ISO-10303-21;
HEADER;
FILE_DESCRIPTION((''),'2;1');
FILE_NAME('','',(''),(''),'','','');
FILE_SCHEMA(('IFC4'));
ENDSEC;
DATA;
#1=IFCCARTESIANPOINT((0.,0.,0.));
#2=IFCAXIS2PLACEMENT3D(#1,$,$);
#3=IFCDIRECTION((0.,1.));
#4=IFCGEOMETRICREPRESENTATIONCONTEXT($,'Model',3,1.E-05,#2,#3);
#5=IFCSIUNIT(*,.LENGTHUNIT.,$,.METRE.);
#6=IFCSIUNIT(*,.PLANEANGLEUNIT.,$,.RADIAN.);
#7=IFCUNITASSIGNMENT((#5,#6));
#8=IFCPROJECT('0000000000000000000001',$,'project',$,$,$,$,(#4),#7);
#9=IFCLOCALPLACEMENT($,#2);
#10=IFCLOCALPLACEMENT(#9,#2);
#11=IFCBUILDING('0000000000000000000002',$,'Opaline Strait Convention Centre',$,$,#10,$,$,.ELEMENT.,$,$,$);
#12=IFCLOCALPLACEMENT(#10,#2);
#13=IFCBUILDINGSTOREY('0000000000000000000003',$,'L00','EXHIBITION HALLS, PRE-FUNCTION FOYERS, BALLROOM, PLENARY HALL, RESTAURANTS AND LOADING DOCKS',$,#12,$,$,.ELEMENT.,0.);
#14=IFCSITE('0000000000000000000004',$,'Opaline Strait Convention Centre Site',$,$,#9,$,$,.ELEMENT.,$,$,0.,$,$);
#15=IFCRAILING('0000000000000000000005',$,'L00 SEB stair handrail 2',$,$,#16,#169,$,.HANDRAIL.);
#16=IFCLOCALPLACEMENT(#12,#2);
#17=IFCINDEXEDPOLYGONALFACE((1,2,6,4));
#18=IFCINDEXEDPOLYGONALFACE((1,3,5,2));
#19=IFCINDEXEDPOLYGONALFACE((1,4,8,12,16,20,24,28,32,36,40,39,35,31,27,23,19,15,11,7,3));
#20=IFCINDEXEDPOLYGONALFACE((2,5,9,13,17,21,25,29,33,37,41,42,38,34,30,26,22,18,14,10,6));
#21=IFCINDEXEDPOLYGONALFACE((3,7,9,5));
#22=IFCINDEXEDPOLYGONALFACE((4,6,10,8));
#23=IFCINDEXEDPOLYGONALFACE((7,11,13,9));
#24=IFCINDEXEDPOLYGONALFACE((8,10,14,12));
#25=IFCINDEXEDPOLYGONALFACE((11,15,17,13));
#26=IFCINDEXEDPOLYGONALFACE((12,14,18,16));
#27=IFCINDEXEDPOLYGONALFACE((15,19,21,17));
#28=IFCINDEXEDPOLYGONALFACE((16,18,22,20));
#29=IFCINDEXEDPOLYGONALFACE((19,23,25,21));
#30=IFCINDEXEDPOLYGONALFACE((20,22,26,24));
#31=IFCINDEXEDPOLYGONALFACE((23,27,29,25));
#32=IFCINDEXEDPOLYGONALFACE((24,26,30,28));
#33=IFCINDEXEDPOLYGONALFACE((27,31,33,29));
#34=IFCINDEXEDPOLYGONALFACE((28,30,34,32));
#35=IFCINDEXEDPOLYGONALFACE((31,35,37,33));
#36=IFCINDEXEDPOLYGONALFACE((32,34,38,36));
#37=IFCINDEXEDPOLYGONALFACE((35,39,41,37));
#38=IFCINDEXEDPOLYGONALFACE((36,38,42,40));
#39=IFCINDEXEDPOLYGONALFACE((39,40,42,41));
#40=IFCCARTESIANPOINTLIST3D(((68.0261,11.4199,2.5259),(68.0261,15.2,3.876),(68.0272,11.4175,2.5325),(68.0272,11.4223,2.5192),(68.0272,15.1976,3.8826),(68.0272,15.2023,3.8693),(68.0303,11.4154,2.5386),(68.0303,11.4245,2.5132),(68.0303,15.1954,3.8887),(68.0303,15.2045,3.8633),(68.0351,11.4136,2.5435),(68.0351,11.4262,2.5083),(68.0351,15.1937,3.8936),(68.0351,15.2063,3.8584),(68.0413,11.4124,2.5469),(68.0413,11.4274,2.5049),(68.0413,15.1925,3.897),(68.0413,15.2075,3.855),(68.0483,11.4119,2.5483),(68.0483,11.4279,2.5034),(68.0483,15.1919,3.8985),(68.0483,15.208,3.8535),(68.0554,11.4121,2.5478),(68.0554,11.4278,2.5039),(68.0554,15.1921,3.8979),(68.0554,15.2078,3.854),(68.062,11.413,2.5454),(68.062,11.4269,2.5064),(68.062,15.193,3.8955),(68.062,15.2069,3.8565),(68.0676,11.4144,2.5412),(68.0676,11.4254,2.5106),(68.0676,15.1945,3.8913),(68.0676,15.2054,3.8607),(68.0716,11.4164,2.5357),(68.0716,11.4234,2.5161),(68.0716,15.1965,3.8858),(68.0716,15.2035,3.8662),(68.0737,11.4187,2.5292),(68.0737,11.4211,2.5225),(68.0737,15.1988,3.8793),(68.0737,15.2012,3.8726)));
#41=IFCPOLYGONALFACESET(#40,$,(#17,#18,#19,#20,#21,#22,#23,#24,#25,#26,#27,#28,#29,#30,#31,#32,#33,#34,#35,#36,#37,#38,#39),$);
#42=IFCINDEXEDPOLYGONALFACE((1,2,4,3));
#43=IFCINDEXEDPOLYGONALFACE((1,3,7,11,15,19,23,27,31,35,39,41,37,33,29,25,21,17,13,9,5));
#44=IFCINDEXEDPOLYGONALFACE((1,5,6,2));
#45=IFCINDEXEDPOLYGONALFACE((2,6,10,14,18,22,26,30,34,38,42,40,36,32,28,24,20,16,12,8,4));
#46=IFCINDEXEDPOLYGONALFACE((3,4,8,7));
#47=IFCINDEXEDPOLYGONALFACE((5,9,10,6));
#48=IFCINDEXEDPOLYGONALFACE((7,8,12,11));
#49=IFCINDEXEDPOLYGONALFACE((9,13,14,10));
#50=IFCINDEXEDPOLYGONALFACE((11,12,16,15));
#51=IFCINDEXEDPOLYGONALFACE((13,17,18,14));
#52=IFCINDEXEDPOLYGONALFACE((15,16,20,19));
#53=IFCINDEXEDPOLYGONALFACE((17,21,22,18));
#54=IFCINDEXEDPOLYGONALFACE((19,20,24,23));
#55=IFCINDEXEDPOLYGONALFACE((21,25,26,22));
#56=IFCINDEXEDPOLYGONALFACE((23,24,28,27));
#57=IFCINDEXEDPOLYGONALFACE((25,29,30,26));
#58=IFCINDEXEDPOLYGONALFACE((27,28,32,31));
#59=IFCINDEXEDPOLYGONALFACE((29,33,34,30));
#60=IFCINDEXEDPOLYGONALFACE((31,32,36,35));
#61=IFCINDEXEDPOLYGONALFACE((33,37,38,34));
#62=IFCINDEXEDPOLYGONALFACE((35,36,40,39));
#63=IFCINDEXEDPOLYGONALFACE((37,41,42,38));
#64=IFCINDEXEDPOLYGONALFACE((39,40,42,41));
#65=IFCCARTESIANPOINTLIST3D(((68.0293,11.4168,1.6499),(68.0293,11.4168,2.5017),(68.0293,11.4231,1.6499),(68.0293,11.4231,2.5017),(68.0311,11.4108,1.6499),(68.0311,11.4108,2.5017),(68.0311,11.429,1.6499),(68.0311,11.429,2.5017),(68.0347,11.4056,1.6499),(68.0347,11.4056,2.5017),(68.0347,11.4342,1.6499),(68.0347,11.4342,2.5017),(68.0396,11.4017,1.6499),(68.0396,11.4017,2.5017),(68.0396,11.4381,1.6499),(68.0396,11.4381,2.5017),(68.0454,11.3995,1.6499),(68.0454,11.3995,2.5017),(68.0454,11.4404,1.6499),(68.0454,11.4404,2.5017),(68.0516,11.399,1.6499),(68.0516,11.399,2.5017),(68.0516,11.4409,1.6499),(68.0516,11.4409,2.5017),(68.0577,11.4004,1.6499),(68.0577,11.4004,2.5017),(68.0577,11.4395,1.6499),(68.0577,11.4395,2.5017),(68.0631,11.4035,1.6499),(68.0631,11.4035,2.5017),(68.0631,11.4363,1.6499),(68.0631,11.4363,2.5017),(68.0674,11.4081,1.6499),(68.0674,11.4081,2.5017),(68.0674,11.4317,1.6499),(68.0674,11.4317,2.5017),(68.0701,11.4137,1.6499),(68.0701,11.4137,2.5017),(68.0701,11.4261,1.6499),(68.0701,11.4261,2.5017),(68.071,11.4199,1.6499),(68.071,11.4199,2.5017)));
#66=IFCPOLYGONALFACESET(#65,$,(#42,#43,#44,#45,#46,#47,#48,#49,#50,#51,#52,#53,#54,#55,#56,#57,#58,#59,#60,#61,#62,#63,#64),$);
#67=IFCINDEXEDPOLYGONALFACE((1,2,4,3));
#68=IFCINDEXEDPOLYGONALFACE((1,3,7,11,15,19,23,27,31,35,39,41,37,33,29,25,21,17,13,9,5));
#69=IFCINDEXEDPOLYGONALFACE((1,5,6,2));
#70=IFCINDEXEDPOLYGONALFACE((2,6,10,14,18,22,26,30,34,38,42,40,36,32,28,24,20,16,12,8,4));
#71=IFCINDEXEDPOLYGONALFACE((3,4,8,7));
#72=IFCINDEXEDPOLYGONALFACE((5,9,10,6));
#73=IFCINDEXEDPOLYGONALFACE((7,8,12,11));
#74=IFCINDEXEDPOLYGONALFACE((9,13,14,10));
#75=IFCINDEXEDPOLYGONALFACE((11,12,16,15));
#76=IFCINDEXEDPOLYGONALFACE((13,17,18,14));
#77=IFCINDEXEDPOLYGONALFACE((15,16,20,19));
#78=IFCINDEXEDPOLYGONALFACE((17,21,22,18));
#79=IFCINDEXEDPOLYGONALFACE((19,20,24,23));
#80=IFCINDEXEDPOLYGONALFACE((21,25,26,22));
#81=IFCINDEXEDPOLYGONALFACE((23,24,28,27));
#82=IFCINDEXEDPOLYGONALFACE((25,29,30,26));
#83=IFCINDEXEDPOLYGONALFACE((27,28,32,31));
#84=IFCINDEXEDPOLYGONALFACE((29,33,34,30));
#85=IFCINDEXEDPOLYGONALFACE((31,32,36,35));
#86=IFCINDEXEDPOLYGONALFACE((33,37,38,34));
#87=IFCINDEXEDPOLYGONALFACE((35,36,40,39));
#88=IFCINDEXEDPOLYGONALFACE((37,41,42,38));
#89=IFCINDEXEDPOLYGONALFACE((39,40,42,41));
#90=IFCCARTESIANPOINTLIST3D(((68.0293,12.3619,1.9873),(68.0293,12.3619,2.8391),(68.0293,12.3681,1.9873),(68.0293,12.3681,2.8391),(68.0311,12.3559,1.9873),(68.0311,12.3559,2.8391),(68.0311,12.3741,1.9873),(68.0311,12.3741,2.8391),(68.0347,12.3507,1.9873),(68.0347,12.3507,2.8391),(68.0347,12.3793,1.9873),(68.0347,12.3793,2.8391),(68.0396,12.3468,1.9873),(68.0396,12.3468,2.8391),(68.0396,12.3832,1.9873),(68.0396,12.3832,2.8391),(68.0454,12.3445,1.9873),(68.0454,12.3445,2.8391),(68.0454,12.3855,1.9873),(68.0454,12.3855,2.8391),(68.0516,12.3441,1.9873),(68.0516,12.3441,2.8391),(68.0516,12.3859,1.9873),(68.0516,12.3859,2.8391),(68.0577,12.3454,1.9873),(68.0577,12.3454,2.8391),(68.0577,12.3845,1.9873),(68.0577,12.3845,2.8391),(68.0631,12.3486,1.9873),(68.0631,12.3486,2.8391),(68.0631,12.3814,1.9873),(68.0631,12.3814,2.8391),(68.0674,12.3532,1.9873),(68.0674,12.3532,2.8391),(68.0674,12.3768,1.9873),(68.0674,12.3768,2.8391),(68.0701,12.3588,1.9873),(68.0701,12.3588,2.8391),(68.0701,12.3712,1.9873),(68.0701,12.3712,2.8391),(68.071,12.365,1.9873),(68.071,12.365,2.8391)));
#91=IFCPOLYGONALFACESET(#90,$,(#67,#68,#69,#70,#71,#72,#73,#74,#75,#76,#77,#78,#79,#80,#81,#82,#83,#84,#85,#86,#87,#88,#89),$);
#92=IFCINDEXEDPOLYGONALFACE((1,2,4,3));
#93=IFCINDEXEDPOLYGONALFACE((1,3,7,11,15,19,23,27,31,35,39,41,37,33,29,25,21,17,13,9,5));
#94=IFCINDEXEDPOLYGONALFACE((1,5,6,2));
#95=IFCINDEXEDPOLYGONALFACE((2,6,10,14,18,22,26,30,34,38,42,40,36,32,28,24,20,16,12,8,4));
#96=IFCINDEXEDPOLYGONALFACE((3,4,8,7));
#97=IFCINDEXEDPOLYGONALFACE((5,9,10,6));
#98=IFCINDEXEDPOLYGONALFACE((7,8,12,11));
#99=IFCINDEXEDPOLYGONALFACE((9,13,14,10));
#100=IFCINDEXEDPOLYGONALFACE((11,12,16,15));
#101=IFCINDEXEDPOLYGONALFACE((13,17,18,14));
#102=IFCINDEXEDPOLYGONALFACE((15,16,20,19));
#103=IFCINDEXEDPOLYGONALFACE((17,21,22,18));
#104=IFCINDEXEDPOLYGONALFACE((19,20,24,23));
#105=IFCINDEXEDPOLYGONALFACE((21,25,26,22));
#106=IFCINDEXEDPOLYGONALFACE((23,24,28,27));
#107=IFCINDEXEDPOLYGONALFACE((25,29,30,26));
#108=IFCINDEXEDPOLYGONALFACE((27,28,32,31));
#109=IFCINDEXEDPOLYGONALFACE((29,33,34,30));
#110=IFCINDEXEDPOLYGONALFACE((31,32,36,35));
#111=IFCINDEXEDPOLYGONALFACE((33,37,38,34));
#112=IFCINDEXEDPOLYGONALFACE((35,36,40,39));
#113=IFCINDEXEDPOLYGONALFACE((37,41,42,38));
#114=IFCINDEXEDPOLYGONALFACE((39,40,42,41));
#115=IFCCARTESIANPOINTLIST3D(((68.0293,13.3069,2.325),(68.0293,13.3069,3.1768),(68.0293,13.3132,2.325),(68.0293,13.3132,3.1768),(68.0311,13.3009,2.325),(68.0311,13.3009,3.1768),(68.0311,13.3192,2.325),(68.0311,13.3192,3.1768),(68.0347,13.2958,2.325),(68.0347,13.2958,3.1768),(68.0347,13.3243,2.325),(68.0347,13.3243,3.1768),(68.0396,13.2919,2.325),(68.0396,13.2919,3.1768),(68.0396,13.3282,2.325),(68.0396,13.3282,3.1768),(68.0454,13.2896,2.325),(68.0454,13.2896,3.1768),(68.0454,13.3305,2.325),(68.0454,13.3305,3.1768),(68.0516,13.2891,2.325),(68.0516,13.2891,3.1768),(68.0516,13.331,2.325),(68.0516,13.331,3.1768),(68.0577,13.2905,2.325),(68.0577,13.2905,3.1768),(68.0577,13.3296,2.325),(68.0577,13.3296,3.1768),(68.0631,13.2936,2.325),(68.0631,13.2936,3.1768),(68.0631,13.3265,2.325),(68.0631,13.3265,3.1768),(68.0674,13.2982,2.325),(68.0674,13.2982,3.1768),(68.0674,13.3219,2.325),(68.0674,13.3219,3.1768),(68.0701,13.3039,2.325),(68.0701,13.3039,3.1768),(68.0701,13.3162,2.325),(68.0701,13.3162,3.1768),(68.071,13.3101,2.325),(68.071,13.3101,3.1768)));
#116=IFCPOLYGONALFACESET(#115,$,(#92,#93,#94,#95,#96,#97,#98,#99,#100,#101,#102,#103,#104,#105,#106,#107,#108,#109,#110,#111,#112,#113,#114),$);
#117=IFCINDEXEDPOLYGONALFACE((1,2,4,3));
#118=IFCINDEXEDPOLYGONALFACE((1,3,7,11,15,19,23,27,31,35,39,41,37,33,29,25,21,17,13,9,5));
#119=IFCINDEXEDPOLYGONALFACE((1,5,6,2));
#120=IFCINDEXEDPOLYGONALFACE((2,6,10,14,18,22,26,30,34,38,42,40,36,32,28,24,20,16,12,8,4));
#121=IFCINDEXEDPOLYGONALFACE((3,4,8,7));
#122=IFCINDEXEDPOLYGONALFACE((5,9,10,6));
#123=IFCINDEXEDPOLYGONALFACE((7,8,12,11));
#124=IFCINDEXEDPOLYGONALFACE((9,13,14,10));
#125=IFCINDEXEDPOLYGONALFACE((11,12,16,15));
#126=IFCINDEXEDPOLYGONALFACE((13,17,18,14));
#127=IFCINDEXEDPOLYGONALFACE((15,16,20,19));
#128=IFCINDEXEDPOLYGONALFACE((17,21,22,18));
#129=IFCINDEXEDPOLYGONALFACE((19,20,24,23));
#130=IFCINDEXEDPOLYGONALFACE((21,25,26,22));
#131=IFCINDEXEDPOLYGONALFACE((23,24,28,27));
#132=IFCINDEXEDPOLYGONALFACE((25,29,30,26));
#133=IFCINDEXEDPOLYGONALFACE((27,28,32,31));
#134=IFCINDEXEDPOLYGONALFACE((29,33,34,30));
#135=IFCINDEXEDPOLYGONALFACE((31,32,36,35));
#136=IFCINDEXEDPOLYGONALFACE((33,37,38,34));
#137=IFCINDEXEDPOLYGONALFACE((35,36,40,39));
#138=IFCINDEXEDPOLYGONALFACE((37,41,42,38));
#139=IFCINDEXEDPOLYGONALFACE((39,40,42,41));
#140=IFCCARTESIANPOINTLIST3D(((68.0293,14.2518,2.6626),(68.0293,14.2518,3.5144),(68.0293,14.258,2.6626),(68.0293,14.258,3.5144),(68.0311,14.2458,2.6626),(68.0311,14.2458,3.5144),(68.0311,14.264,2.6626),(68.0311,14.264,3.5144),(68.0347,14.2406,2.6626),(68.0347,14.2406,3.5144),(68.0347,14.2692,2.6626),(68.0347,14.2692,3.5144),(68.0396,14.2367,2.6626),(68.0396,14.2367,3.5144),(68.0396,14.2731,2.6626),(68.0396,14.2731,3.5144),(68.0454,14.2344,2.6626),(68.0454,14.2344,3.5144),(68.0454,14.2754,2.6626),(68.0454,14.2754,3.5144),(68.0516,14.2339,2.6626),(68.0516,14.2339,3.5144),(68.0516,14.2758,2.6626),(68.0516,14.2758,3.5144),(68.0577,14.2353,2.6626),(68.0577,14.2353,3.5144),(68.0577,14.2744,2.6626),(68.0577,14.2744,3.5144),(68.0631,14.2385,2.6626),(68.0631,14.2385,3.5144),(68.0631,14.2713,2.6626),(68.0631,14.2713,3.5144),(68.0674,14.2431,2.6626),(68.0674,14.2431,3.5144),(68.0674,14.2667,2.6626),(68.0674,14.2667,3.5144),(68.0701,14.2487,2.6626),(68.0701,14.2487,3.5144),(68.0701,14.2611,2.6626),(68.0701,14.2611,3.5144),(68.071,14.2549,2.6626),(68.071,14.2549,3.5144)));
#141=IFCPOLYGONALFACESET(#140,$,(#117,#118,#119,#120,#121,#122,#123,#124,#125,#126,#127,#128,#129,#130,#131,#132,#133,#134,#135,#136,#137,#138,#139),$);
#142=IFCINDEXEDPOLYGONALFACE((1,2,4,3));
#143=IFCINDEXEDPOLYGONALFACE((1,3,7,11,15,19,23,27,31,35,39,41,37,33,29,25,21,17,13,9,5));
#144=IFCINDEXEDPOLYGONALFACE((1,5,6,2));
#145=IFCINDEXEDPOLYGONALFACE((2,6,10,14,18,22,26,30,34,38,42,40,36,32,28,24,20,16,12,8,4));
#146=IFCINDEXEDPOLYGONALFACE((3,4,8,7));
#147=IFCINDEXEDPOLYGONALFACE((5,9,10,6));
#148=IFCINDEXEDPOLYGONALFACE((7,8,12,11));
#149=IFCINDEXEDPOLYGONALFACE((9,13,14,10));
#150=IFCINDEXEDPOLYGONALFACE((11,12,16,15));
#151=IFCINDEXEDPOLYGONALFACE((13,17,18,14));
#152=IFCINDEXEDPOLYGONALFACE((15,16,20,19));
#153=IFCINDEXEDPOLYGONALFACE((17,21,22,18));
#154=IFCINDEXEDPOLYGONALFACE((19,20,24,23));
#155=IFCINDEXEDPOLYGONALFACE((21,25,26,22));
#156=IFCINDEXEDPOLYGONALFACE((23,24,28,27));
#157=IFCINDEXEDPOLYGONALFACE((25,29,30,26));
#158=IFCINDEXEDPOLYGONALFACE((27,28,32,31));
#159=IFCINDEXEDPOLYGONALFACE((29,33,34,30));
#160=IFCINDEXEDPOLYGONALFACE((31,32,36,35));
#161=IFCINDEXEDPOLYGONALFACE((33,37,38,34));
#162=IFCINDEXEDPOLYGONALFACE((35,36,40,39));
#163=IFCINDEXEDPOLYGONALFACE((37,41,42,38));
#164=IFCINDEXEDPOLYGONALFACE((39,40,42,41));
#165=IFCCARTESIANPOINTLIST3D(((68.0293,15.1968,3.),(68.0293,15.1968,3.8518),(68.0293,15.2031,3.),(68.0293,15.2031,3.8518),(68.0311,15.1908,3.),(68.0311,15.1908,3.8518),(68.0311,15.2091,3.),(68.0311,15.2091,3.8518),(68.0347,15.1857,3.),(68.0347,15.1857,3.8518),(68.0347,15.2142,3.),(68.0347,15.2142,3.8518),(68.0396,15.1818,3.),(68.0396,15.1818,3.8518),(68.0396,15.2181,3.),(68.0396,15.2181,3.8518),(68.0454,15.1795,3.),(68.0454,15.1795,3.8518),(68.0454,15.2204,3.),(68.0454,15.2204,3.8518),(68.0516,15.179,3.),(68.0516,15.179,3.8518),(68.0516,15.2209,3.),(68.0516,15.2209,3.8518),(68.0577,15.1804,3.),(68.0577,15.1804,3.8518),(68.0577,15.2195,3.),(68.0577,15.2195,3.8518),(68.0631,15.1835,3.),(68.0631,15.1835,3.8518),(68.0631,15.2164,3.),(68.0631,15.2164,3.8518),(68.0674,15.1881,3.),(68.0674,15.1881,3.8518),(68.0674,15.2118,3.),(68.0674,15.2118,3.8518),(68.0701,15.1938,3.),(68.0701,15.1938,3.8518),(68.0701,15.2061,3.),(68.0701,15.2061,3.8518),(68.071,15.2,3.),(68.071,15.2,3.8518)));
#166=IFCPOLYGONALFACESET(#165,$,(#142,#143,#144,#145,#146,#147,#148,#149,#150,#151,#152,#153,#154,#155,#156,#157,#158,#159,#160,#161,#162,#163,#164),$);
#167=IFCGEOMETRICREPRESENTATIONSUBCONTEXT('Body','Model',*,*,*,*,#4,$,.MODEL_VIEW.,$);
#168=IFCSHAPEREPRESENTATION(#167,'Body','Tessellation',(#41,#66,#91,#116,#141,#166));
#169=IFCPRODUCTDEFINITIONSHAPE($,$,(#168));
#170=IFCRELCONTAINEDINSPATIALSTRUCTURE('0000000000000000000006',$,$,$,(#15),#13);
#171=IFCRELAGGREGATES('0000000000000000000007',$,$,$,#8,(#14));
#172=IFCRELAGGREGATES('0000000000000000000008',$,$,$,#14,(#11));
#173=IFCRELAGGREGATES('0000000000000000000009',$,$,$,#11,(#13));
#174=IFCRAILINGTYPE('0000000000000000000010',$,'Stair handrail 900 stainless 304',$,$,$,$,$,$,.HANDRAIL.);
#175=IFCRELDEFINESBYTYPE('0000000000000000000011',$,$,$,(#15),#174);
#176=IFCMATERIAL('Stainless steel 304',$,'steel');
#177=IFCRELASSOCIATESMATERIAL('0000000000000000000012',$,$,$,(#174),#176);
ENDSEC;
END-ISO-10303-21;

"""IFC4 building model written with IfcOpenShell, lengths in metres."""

from ifc_helpers import new_model, si_unit, direction, frame, origin, origin_2d, place, context, subcontext, project, spatial, circle, extrude, material, type_object, element, save


model = new_model("IFC4")

# Units and contexts
model_context = context("Model", 3, precision=1e-05, world=origin(), true_north=direction((0.0, 1.0)))
body_context = subcontext(model_context, "Body", "Model", "MODEL_VIEW")
ifc_project = project(units=[si_unit("LENGTHUNIT", "METRE"), si_unit("PLANEANGLEUNIT", "RADIAN")], contexts=[model_context])

# Site, building, storey
site_placement = place(None, origin())
site = spatial("IfcSite", under=ifc_project, at=site_placement, Name="Opaline Strait Convention Centre Site", CompositionType="ELEMENT", RefElevation=0.0)
building_placement = place(site_placement, origin())
building = spatial("IfcBuilding", under=site, at=building_placement, Name="Opaline Strait Convention Centre", CompositionType="ELEMENT")
storey_placement = place(building_placement, origin())
storey = spatial("IfcBuildingStorey", under=building, at=storey_placement, Name="L00", Description="EXHIBITION HALLS, PRE-FUNCTION FOYERS, BALLROOM, PLENARY HALL, RESTAURANTS AND LOADING DOCKS", CompositionType="ELEMENT", Elevation=0.0)

# Railing
ifc_material_1 = material(Name="Stainless steel 304", Category="steel")
railing_type_1 = type_object("IfcRailingType", Name="Stair handrail 900 stainless 304", PredefinedType="HANDRAIL", material=ifc_material_1)
railing_1_placement = place(storey_placement, frame((68.05, 11.4199, 1.6499)))
element("IfcRailing", 1, at=railing_1_placement, inside=storey, type_object=railing_type_1, Name="L00 SEB stair handrail 2", PredefinedType="HANDRAIL", context=body_context, shape_type="SweptSolid", body=[
    extrude(circle(Radius=0.0239, at=origin_2d()), frame((0.0, 0.0, 0.876), z_axis=(0.0, 0.941735, 0.336356), x_axis=(-1.0, 0.0, 0.0)), (0.0, 0.0, 1.0), 4.0139),
    extrude(circle(Radius=0.021, at=origin_2d()), origin(), (0.0, 0.0, 1.0), 0.8518),
    extrude(circle(Radius=0.021, at=origin_2d()), frame((0.0, 0.9451, 0.3374)), (0.0, 0.0, 1.0), 0.8518),
    extrude(circle(Radius=0.021, at=origin_2d()), frame((0.0, 1.8901, 0.675)), (0.0, 0.0, 1.0), 0.8518),
    extrude(circle(Radius=0.021, at=origin_2d()), frame((0.0, 2.835, 1.0127)), (0.0, 0.0, 1.0), 0.8518),
    extrude(circle(Radius=0.021, at=origin_2d()), frame((0.0, 3.78, 1.3501)), (0.0, 0.0, 1.0), 0.8518),
])

save(model, "model.ifc")
